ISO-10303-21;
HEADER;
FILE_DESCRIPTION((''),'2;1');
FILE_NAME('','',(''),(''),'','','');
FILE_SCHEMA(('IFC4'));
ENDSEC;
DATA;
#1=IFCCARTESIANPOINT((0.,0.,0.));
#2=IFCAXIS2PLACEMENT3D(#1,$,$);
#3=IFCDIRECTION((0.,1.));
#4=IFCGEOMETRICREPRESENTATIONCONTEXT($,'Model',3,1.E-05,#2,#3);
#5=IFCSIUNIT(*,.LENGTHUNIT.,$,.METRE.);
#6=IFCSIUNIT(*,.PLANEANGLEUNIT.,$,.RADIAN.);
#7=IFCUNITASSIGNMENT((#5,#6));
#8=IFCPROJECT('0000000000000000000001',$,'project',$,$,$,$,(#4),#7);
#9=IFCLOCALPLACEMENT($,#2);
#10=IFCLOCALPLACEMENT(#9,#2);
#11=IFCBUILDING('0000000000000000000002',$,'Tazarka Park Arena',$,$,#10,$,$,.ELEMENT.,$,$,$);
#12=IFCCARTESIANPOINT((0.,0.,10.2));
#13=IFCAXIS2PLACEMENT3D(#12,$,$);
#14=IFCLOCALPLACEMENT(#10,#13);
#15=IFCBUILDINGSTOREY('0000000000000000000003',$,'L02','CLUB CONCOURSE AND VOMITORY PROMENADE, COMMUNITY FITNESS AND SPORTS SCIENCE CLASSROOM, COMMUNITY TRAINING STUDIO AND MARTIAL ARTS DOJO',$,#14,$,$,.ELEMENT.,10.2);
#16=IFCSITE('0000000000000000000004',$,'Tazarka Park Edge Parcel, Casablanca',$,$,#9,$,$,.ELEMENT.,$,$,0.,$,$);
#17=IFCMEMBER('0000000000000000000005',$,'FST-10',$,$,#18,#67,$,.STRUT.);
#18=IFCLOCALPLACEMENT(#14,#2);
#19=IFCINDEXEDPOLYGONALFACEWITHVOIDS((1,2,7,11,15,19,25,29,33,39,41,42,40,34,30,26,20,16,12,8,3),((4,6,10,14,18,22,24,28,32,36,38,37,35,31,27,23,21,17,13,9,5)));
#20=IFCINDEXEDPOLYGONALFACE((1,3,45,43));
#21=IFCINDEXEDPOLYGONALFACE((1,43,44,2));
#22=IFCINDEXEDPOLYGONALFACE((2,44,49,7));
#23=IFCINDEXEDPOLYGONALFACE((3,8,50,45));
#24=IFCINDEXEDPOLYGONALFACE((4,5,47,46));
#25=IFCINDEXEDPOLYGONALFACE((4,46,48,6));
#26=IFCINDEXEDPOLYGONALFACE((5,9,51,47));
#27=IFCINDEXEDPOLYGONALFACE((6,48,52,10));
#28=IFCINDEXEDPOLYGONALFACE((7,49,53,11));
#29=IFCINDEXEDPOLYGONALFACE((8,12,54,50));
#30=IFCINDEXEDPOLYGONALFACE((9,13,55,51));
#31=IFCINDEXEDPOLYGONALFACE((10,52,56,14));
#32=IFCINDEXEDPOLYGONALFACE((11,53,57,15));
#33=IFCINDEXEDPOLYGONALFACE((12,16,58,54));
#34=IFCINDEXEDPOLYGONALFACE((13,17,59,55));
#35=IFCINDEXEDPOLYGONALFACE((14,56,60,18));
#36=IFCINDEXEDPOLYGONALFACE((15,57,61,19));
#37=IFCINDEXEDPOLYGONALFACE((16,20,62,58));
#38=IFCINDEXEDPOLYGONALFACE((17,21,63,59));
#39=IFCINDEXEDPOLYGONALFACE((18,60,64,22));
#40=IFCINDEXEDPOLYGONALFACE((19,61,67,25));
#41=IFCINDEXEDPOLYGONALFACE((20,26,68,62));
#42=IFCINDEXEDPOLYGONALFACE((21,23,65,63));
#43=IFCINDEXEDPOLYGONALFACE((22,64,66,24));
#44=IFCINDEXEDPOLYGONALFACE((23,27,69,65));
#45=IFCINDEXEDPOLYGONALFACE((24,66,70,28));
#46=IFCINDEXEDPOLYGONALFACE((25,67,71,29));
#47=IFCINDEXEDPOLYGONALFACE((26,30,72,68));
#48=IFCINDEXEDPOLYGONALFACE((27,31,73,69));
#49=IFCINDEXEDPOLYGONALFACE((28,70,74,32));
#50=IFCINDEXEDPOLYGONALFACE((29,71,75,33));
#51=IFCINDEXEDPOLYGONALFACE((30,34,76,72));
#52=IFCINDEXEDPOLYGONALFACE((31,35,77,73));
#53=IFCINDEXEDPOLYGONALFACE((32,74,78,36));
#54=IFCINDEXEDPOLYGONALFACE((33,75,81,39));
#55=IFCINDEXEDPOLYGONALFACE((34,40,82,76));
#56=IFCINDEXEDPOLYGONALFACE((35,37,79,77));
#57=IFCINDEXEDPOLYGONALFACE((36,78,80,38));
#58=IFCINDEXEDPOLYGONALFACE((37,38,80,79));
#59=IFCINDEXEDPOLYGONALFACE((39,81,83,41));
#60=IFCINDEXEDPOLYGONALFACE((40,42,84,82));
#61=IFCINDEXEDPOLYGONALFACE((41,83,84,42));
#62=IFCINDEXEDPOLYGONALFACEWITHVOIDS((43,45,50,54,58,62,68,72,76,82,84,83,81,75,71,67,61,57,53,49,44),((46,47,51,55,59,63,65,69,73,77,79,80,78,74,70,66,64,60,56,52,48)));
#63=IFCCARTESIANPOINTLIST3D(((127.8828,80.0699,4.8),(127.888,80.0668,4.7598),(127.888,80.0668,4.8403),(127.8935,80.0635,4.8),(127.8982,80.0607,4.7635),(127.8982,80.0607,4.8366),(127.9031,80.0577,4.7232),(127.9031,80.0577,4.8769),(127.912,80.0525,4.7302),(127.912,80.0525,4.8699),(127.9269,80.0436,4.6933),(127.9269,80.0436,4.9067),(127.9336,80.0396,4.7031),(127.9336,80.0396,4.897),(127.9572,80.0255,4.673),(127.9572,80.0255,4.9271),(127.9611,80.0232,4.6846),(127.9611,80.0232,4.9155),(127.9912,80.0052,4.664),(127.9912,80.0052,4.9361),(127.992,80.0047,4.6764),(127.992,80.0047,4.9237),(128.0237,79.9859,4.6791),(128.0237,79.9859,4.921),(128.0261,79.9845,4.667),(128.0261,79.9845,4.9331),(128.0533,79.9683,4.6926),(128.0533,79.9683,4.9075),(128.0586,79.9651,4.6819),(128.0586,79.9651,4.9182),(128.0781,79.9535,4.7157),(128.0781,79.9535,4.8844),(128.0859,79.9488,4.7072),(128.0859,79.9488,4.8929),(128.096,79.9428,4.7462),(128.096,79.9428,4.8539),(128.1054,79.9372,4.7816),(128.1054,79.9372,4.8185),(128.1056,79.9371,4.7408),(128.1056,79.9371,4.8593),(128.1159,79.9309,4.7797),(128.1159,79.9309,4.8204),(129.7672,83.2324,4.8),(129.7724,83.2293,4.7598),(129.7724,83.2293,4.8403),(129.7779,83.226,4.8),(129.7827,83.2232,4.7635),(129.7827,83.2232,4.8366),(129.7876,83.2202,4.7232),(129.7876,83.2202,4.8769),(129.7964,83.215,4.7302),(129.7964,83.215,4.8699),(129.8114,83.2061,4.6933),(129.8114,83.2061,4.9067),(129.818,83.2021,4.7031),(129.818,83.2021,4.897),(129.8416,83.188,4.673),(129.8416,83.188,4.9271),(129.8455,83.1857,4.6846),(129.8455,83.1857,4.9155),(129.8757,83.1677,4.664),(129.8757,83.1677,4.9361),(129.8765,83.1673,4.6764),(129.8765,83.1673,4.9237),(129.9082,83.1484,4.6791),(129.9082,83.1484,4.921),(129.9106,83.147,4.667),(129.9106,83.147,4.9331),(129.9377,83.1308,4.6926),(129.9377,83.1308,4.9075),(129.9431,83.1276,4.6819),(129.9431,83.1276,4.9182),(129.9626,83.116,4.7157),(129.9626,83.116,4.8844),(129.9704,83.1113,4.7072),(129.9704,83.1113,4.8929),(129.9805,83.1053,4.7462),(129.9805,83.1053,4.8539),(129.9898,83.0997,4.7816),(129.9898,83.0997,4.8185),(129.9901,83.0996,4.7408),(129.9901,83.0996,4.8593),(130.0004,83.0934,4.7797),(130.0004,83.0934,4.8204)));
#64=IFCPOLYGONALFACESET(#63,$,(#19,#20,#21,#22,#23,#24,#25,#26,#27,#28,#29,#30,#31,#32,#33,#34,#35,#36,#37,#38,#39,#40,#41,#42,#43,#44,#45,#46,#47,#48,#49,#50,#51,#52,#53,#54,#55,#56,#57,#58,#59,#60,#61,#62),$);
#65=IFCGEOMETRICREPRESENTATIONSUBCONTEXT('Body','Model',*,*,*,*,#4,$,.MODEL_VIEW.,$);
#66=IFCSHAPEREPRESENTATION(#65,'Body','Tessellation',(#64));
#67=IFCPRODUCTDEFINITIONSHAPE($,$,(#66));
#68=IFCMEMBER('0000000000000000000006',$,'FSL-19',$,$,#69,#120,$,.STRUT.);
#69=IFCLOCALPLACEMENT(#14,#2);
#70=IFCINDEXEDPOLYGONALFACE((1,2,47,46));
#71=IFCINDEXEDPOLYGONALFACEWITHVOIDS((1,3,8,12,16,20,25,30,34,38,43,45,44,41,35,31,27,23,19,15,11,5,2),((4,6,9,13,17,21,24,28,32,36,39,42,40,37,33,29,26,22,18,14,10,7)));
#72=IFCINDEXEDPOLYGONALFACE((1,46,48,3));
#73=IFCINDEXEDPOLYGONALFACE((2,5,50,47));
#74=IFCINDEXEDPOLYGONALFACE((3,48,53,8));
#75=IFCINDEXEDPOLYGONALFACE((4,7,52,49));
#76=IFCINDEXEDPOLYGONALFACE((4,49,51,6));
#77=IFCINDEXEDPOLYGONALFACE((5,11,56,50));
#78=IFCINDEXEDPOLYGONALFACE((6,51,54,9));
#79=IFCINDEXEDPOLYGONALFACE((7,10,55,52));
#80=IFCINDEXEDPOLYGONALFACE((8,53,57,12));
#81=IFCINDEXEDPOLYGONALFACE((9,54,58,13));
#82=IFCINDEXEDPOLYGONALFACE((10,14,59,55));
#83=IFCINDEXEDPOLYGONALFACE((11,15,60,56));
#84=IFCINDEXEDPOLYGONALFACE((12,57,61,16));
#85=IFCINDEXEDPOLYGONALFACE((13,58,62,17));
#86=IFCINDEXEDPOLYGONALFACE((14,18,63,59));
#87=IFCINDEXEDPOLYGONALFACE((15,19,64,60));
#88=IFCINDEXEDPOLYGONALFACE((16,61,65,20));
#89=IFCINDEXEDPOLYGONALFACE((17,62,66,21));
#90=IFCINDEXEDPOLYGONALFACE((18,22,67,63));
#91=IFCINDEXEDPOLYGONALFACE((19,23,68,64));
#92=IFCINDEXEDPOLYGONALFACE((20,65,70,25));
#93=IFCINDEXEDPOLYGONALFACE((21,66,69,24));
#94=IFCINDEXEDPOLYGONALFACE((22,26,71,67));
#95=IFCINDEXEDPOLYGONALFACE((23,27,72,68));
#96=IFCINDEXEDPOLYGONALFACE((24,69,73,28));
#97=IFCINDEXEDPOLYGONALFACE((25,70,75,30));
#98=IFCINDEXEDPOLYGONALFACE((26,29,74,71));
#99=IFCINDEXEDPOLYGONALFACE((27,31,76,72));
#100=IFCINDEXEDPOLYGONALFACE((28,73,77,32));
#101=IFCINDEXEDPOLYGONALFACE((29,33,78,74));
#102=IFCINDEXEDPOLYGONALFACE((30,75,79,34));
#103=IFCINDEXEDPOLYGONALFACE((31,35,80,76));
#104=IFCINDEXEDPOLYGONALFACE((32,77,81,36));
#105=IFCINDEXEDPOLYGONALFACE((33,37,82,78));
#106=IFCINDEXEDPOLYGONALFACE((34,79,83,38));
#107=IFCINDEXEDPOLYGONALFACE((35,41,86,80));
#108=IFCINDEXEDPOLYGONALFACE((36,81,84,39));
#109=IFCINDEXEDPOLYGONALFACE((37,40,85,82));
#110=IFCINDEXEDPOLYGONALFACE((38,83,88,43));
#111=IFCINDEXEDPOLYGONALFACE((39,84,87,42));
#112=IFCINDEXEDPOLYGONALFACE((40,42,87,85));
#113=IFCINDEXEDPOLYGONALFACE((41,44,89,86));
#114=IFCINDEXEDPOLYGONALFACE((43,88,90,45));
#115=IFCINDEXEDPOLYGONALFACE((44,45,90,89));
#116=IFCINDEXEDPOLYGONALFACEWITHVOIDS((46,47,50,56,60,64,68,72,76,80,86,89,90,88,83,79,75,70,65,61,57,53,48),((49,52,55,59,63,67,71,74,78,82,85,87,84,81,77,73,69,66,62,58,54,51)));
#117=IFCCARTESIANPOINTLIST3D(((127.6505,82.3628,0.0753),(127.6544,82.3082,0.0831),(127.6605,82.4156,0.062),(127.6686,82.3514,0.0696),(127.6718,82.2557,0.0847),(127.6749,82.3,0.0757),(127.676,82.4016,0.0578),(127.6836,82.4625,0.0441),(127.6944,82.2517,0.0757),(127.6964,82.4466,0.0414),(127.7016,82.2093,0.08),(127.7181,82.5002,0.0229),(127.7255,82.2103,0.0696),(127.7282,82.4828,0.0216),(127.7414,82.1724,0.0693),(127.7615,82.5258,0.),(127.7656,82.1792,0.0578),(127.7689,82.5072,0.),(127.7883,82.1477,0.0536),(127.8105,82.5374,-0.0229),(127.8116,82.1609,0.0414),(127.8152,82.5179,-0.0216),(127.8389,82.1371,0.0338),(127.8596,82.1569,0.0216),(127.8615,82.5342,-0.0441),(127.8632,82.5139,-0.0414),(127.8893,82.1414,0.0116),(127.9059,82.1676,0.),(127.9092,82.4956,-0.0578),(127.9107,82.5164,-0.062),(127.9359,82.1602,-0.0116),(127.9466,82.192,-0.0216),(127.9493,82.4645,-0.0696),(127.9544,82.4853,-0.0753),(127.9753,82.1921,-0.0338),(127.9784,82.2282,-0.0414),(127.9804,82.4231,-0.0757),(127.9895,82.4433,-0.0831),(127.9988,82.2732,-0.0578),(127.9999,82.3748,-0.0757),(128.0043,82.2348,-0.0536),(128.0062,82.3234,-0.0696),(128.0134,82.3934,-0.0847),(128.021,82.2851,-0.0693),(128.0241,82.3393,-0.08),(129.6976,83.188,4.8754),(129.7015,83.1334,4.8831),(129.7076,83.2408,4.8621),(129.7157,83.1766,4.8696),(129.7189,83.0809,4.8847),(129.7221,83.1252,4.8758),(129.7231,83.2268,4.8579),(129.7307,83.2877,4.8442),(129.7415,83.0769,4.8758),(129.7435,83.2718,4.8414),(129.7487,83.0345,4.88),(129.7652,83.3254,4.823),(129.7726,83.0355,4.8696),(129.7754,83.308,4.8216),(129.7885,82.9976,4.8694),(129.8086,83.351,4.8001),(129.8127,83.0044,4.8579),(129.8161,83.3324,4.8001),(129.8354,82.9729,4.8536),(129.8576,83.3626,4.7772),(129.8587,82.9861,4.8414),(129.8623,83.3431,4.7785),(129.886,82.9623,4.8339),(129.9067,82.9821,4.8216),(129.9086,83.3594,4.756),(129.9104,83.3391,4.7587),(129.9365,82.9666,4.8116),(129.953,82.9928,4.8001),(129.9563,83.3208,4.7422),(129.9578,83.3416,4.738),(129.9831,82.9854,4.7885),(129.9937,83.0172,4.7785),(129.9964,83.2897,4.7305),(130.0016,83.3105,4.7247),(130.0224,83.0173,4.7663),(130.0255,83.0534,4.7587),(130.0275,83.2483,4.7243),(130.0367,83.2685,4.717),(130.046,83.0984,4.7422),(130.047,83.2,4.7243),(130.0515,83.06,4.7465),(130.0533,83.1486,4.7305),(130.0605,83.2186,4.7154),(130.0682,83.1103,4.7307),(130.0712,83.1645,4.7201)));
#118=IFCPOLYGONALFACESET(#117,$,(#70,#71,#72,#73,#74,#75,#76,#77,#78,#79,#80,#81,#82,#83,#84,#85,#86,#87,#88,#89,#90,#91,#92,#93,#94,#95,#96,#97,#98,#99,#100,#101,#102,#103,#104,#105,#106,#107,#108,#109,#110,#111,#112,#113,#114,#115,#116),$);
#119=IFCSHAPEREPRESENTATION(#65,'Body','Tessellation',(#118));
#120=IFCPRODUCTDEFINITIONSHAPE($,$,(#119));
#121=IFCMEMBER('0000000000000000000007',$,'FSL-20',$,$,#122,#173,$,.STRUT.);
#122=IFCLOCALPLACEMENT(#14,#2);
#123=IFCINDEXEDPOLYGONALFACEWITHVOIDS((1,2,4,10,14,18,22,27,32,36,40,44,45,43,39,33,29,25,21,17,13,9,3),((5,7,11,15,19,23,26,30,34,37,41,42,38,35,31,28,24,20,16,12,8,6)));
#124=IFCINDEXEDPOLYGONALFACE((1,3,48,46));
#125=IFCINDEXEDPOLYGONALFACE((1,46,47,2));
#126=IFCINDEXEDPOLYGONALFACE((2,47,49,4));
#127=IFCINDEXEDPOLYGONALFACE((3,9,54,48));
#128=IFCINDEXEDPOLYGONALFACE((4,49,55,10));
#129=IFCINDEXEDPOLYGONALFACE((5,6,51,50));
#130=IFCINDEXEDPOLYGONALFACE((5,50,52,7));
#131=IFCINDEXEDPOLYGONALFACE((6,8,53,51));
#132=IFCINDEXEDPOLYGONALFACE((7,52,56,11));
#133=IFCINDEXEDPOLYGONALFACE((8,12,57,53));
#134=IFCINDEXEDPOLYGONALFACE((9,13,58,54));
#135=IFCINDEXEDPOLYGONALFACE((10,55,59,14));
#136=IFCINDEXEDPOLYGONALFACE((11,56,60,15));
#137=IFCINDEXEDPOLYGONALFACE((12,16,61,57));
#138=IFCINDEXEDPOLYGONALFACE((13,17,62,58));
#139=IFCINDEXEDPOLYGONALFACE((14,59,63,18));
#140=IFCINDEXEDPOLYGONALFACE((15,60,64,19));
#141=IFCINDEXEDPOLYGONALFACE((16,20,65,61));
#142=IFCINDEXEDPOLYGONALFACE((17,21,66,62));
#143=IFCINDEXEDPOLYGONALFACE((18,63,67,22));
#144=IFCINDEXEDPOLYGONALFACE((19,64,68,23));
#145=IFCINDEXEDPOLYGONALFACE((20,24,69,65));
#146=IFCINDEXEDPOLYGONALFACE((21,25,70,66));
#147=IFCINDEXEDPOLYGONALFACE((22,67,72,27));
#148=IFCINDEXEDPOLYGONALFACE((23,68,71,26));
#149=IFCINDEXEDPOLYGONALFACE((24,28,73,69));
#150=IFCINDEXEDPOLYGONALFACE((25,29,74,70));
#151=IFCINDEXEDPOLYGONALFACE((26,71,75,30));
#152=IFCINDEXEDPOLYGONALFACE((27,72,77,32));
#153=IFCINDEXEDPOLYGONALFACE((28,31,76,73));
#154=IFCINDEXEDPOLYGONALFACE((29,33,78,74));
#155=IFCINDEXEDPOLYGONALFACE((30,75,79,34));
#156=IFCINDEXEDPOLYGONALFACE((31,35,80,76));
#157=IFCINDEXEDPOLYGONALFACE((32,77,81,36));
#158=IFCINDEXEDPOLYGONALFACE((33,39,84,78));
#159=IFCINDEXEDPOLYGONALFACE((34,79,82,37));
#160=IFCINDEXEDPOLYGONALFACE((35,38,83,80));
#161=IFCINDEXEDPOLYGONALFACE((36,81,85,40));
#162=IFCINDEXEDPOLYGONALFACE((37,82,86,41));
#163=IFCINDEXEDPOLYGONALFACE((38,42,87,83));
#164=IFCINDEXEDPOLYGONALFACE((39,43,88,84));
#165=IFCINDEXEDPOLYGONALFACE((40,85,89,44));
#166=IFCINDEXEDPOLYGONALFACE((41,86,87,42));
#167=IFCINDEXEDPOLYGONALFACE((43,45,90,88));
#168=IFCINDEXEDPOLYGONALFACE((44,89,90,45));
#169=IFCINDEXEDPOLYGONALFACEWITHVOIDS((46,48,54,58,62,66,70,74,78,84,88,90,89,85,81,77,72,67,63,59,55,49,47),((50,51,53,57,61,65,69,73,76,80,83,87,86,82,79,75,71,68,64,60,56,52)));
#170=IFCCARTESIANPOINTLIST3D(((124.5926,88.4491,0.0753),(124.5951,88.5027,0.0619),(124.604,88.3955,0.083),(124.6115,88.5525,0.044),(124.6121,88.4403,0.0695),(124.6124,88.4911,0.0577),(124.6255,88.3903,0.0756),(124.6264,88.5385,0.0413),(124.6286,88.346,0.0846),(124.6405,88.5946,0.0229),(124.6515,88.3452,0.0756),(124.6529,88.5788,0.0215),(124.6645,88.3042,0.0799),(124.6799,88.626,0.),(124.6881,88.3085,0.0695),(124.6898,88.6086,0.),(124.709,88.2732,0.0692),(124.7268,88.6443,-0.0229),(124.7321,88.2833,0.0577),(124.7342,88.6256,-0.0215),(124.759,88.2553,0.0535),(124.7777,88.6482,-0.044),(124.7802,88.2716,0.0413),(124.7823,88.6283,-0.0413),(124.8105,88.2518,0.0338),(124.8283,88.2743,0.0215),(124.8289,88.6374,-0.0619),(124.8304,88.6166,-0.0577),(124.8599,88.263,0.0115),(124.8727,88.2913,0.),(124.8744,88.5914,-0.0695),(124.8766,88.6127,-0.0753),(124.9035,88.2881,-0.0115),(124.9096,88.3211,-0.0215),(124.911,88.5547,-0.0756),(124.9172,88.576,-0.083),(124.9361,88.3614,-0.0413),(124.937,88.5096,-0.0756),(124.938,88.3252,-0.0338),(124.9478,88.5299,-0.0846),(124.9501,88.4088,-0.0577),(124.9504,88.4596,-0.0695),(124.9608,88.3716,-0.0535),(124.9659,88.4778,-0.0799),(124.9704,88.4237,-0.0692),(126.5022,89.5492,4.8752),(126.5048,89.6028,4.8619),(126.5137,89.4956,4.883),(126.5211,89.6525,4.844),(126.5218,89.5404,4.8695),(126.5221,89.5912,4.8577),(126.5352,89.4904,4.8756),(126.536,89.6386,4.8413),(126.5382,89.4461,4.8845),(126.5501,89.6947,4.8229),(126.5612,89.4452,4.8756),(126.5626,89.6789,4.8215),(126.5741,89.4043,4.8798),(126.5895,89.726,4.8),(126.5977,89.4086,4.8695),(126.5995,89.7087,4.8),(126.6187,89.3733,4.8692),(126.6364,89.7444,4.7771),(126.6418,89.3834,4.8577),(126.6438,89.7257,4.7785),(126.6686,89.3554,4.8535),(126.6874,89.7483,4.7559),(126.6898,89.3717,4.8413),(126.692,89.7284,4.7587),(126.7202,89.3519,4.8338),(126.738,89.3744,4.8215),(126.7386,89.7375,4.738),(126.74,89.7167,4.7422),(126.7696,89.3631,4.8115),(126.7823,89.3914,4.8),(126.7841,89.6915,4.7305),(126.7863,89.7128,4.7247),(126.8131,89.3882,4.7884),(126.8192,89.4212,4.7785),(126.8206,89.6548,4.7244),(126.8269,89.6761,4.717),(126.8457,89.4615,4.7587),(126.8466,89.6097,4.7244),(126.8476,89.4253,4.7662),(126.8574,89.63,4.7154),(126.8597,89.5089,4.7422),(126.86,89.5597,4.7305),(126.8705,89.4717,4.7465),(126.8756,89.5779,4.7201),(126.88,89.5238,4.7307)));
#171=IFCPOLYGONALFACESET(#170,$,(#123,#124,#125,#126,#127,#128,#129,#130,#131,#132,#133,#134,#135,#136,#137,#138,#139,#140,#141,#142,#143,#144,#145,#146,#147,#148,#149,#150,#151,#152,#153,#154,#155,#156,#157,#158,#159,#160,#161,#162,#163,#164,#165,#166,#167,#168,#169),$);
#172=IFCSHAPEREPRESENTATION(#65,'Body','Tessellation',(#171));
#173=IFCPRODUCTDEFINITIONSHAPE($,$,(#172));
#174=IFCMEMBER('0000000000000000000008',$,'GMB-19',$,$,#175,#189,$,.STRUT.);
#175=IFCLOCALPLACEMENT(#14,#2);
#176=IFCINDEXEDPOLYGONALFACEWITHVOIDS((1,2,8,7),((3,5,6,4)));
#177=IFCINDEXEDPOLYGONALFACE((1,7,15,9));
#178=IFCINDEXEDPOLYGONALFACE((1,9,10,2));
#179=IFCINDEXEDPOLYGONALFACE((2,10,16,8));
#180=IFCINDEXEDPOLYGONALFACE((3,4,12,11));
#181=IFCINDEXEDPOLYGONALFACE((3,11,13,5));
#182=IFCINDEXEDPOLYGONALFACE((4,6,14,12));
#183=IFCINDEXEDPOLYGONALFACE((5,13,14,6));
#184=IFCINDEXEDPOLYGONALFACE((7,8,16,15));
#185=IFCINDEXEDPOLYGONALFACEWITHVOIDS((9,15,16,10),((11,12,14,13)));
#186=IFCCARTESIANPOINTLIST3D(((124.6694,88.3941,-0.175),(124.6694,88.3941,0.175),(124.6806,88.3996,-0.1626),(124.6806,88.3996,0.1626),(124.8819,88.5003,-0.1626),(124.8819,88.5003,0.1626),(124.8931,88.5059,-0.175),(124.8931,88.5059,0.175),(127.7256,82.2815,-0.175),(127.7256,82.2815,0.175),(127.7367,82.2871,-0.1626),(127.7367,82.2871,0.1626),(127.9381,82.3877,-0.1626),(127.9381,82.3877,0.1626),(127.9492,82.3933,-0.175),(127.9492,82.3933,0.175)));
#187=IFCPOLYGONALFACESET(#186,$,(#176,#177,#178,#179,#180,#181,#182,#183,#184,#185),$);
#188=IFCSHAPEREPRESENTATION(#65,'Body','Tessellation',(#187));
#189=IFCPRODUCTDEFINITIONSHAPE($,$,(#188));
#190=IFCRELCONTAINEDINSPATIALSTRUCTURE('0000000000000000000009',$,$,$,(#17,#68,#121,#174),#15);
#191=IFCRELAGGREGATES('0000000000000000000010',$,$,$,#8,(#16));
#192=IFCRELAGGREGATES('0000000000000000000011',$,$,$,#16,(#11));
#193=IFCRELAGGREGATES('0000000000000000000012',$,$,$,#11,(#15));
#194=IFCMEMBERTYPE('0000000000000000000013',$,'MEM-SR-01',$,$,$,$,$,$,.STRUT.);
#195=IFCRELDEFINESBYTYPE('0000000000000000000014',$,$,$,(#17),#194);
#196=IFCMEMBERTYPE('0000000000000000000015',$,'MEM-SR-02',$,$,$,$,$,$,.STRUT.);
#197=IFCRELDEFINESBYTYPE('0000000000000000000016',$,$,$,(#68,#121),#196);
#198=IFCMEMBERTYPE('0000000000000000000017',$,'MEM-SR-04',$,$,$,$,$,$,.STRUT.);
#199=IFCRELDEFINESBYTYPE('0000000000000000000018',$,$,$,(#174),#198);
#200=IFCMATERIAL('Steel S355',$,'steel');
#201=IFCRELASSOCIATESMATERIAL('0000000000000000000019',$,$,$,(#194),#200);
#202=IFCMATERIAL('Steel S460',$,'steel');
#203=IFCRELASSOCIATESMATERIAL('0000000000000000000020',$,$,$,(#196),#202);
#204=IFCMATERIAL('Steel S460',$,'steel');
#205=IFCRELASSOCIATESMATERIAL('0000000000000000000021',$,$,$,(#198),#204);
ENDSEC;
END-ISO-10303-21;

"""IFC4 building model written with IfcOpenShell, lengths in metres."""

from ifc_helpers import new_model, si_unit, direction, frame, origin, origin_2d, place, context, subcontext, project, spatial, hollow_rectangle, hollow_circle, extrude, material, material_profile, profile_set, type_object, element, save


model = new_model("IFC4")

# Units and contexts
model_context = context("Model", 3, precision=1e-05, world=origin(), true_north=direction((0.0, 1.0)))
body_context = subcontext(model_context, "Body", "Model", "MODEL_VIEW")
ifc_project = project(units=[si_unit("LENGTHUNIT", "METRE"), si_unit("PLANEANGLEUNIT", "RADIAN")], contexts=[model_context])

# Site, building, storey
site_placement = place(None, origin())
site = spatial("IfcSite", under=ifc_project, at=site_placement, Name="Tazarka Park Edge Parcel, Casablanca", CompositionType="ELEMENT", RefElevation=0.0)
building_placement = place(site_placement, origin())
building = spatial("IfcBuilding", under=site, at=building_placement, Name="Tazarka Park Arena", CompositionType="ELEMENT")
storey_placement = place(building_placement, frame((0.0, 0.0, 10.2)))
storey = spatial("IfcBuildingStorey", under=building, at=storey_placement, Name="L02", Description="CLUB CONCOURSE AND VOMITORY PROMENADE, COMMUNITY FITNESS AND SPORTS SCIENCE CLASSROOM, COMMUNITY TRAINING STUDIO AND MARTIAL ARTS DOJO", CompositionType="ELEMENT", Elevation=10.2)

# Members
ifc_material_1 = material(Name="Steel S355", Category="steel")
ifc_material_profile_1 = material_profile(ifc_material_1, hollow_circle(Radius=0.1365, WallThickness=0.0125, at=origin_2d()), Name="Steel S355")
ifc_profile_set_1 = profile_set([ifc_material_profile_1], Name="Steel S355")
member_type_1 = type_object("IfcMemberType", Name="MEM-SR-01", PredefinedType="STRUT", material=ifc_profile_set_1)
member_1_placement = place(storey_placement, frame((128.0, 80.0, 4.8), z_axis=(0.51189, 0.859051, 0.0), x_axis=(-0.859051, 0.51189, 0.0)))
element("IfcMember", 1, at=member_1_placement, inside=storey, type_object=member_type_1, Name="FST-10", PredefinedType="STRUT", context=body_context, shape_type="SweptSolid", body=[
    extrude(hollow_circle(Radius=0.1365, WallThickness=0.0125, at=origin_2d()), origin(), (0.0, 0.0, 1.0), 3.6814),
])
ifc_material_2 = material(Name="Steel S460", Category="steel")
ifc_material_profile_2 = material_profile(ifc_material_2, hollow_circle(Radius=0.2031, WallThickness=0.02, at=origin_2d()), Name="Steel S460")
ifc_profile_set_2 = profile_set([ifc_material_profile_2], Name="Steel S460")
member_type_2 = type_object("IfcMemberType", Name="MEM-SR-02", PredefinedType="STRUT", material=ifc_profile_set_2)
member_2_placement = place(storey_placement, frame((127.8374, 82.3374, 0.0), z_axis=(0.387478, 0.156193, 0.908551), x_axis=(-0.373869, 0.927482, 0.0)))
element("IfcMember", 2, at=member_2_placement, inside=storey, type_object=member_type_2, Name="FSL-19", PredefinedType="STRUT", context=body_context, shape_type="SweptSolid", body=[
    extrude(hollow_circle(Radius=0.2031, WallThickness=0.02, at=origin_2d()), origin(), (0.0, 0.0, 1.0), 5.2832),
])
member_3_placement = place(storey_placement, frame((124.7812, 88.45, 0.0), z_axis=(0.361556, 0.20828, 0.908789), x_axis=(-0.499166, 0.866506, 0.0)))
element("IfcMember", 3, at=member_3_placement, inside=storey, type_object=member_type_2, Name="FSL-20", PredefinedType="STRUT", context=body_context, shape_type="SweptSolid", body=[
    extrude(hollow_circle(Radius=0.2031, WallThickness=0.02, at=origin_2d()), origin(), (0.0, 0.0, 1.0), 5.2817),
])
ifc_material_3 = material(Name="Steel S460", Category="steel")
ifc_material_profile_3 = material_profile(ifc_material_3, hollow_rectangle(XDim=0.25, YDim=0.3501, WallThickness=0.0125, at=origin_2d()), Name="Steel S460")
ifc_profile_set_3 = profile_set([ifc_material_profile_3], Name="Steel S460")
member_type_3 = type_object("IfcMemberType", Name="MEM-SR-04", PredefinedType="STRUT", material=ifc_profile_set_3)
for number, where, z_axis, x_axis, name in (
    (4, (127.8374, 82.3374, 0.0), (-0.447199, 0.894434, 0.0), (-0.894434, -0.447199, 0.0), "GMB-19"),
):
    element("IfcMember", number, at=place(storey_placement, frame(where, z_axis=z_axis, x_axis=x_axis)), inside=storey, type_object=member_type_3, Name=name, PredefinedType="STRUT", context=body_context, shape_type="SweptSolid", body=[
        extrude(hollow_rectangle(XDim=0.25, YDim=0.3501, WallThickness=0.0125, at=origin_2d()), origin(), (0.0, 0.0, 1.0), 6.834),
    ])

save(model, "model.ifc")
